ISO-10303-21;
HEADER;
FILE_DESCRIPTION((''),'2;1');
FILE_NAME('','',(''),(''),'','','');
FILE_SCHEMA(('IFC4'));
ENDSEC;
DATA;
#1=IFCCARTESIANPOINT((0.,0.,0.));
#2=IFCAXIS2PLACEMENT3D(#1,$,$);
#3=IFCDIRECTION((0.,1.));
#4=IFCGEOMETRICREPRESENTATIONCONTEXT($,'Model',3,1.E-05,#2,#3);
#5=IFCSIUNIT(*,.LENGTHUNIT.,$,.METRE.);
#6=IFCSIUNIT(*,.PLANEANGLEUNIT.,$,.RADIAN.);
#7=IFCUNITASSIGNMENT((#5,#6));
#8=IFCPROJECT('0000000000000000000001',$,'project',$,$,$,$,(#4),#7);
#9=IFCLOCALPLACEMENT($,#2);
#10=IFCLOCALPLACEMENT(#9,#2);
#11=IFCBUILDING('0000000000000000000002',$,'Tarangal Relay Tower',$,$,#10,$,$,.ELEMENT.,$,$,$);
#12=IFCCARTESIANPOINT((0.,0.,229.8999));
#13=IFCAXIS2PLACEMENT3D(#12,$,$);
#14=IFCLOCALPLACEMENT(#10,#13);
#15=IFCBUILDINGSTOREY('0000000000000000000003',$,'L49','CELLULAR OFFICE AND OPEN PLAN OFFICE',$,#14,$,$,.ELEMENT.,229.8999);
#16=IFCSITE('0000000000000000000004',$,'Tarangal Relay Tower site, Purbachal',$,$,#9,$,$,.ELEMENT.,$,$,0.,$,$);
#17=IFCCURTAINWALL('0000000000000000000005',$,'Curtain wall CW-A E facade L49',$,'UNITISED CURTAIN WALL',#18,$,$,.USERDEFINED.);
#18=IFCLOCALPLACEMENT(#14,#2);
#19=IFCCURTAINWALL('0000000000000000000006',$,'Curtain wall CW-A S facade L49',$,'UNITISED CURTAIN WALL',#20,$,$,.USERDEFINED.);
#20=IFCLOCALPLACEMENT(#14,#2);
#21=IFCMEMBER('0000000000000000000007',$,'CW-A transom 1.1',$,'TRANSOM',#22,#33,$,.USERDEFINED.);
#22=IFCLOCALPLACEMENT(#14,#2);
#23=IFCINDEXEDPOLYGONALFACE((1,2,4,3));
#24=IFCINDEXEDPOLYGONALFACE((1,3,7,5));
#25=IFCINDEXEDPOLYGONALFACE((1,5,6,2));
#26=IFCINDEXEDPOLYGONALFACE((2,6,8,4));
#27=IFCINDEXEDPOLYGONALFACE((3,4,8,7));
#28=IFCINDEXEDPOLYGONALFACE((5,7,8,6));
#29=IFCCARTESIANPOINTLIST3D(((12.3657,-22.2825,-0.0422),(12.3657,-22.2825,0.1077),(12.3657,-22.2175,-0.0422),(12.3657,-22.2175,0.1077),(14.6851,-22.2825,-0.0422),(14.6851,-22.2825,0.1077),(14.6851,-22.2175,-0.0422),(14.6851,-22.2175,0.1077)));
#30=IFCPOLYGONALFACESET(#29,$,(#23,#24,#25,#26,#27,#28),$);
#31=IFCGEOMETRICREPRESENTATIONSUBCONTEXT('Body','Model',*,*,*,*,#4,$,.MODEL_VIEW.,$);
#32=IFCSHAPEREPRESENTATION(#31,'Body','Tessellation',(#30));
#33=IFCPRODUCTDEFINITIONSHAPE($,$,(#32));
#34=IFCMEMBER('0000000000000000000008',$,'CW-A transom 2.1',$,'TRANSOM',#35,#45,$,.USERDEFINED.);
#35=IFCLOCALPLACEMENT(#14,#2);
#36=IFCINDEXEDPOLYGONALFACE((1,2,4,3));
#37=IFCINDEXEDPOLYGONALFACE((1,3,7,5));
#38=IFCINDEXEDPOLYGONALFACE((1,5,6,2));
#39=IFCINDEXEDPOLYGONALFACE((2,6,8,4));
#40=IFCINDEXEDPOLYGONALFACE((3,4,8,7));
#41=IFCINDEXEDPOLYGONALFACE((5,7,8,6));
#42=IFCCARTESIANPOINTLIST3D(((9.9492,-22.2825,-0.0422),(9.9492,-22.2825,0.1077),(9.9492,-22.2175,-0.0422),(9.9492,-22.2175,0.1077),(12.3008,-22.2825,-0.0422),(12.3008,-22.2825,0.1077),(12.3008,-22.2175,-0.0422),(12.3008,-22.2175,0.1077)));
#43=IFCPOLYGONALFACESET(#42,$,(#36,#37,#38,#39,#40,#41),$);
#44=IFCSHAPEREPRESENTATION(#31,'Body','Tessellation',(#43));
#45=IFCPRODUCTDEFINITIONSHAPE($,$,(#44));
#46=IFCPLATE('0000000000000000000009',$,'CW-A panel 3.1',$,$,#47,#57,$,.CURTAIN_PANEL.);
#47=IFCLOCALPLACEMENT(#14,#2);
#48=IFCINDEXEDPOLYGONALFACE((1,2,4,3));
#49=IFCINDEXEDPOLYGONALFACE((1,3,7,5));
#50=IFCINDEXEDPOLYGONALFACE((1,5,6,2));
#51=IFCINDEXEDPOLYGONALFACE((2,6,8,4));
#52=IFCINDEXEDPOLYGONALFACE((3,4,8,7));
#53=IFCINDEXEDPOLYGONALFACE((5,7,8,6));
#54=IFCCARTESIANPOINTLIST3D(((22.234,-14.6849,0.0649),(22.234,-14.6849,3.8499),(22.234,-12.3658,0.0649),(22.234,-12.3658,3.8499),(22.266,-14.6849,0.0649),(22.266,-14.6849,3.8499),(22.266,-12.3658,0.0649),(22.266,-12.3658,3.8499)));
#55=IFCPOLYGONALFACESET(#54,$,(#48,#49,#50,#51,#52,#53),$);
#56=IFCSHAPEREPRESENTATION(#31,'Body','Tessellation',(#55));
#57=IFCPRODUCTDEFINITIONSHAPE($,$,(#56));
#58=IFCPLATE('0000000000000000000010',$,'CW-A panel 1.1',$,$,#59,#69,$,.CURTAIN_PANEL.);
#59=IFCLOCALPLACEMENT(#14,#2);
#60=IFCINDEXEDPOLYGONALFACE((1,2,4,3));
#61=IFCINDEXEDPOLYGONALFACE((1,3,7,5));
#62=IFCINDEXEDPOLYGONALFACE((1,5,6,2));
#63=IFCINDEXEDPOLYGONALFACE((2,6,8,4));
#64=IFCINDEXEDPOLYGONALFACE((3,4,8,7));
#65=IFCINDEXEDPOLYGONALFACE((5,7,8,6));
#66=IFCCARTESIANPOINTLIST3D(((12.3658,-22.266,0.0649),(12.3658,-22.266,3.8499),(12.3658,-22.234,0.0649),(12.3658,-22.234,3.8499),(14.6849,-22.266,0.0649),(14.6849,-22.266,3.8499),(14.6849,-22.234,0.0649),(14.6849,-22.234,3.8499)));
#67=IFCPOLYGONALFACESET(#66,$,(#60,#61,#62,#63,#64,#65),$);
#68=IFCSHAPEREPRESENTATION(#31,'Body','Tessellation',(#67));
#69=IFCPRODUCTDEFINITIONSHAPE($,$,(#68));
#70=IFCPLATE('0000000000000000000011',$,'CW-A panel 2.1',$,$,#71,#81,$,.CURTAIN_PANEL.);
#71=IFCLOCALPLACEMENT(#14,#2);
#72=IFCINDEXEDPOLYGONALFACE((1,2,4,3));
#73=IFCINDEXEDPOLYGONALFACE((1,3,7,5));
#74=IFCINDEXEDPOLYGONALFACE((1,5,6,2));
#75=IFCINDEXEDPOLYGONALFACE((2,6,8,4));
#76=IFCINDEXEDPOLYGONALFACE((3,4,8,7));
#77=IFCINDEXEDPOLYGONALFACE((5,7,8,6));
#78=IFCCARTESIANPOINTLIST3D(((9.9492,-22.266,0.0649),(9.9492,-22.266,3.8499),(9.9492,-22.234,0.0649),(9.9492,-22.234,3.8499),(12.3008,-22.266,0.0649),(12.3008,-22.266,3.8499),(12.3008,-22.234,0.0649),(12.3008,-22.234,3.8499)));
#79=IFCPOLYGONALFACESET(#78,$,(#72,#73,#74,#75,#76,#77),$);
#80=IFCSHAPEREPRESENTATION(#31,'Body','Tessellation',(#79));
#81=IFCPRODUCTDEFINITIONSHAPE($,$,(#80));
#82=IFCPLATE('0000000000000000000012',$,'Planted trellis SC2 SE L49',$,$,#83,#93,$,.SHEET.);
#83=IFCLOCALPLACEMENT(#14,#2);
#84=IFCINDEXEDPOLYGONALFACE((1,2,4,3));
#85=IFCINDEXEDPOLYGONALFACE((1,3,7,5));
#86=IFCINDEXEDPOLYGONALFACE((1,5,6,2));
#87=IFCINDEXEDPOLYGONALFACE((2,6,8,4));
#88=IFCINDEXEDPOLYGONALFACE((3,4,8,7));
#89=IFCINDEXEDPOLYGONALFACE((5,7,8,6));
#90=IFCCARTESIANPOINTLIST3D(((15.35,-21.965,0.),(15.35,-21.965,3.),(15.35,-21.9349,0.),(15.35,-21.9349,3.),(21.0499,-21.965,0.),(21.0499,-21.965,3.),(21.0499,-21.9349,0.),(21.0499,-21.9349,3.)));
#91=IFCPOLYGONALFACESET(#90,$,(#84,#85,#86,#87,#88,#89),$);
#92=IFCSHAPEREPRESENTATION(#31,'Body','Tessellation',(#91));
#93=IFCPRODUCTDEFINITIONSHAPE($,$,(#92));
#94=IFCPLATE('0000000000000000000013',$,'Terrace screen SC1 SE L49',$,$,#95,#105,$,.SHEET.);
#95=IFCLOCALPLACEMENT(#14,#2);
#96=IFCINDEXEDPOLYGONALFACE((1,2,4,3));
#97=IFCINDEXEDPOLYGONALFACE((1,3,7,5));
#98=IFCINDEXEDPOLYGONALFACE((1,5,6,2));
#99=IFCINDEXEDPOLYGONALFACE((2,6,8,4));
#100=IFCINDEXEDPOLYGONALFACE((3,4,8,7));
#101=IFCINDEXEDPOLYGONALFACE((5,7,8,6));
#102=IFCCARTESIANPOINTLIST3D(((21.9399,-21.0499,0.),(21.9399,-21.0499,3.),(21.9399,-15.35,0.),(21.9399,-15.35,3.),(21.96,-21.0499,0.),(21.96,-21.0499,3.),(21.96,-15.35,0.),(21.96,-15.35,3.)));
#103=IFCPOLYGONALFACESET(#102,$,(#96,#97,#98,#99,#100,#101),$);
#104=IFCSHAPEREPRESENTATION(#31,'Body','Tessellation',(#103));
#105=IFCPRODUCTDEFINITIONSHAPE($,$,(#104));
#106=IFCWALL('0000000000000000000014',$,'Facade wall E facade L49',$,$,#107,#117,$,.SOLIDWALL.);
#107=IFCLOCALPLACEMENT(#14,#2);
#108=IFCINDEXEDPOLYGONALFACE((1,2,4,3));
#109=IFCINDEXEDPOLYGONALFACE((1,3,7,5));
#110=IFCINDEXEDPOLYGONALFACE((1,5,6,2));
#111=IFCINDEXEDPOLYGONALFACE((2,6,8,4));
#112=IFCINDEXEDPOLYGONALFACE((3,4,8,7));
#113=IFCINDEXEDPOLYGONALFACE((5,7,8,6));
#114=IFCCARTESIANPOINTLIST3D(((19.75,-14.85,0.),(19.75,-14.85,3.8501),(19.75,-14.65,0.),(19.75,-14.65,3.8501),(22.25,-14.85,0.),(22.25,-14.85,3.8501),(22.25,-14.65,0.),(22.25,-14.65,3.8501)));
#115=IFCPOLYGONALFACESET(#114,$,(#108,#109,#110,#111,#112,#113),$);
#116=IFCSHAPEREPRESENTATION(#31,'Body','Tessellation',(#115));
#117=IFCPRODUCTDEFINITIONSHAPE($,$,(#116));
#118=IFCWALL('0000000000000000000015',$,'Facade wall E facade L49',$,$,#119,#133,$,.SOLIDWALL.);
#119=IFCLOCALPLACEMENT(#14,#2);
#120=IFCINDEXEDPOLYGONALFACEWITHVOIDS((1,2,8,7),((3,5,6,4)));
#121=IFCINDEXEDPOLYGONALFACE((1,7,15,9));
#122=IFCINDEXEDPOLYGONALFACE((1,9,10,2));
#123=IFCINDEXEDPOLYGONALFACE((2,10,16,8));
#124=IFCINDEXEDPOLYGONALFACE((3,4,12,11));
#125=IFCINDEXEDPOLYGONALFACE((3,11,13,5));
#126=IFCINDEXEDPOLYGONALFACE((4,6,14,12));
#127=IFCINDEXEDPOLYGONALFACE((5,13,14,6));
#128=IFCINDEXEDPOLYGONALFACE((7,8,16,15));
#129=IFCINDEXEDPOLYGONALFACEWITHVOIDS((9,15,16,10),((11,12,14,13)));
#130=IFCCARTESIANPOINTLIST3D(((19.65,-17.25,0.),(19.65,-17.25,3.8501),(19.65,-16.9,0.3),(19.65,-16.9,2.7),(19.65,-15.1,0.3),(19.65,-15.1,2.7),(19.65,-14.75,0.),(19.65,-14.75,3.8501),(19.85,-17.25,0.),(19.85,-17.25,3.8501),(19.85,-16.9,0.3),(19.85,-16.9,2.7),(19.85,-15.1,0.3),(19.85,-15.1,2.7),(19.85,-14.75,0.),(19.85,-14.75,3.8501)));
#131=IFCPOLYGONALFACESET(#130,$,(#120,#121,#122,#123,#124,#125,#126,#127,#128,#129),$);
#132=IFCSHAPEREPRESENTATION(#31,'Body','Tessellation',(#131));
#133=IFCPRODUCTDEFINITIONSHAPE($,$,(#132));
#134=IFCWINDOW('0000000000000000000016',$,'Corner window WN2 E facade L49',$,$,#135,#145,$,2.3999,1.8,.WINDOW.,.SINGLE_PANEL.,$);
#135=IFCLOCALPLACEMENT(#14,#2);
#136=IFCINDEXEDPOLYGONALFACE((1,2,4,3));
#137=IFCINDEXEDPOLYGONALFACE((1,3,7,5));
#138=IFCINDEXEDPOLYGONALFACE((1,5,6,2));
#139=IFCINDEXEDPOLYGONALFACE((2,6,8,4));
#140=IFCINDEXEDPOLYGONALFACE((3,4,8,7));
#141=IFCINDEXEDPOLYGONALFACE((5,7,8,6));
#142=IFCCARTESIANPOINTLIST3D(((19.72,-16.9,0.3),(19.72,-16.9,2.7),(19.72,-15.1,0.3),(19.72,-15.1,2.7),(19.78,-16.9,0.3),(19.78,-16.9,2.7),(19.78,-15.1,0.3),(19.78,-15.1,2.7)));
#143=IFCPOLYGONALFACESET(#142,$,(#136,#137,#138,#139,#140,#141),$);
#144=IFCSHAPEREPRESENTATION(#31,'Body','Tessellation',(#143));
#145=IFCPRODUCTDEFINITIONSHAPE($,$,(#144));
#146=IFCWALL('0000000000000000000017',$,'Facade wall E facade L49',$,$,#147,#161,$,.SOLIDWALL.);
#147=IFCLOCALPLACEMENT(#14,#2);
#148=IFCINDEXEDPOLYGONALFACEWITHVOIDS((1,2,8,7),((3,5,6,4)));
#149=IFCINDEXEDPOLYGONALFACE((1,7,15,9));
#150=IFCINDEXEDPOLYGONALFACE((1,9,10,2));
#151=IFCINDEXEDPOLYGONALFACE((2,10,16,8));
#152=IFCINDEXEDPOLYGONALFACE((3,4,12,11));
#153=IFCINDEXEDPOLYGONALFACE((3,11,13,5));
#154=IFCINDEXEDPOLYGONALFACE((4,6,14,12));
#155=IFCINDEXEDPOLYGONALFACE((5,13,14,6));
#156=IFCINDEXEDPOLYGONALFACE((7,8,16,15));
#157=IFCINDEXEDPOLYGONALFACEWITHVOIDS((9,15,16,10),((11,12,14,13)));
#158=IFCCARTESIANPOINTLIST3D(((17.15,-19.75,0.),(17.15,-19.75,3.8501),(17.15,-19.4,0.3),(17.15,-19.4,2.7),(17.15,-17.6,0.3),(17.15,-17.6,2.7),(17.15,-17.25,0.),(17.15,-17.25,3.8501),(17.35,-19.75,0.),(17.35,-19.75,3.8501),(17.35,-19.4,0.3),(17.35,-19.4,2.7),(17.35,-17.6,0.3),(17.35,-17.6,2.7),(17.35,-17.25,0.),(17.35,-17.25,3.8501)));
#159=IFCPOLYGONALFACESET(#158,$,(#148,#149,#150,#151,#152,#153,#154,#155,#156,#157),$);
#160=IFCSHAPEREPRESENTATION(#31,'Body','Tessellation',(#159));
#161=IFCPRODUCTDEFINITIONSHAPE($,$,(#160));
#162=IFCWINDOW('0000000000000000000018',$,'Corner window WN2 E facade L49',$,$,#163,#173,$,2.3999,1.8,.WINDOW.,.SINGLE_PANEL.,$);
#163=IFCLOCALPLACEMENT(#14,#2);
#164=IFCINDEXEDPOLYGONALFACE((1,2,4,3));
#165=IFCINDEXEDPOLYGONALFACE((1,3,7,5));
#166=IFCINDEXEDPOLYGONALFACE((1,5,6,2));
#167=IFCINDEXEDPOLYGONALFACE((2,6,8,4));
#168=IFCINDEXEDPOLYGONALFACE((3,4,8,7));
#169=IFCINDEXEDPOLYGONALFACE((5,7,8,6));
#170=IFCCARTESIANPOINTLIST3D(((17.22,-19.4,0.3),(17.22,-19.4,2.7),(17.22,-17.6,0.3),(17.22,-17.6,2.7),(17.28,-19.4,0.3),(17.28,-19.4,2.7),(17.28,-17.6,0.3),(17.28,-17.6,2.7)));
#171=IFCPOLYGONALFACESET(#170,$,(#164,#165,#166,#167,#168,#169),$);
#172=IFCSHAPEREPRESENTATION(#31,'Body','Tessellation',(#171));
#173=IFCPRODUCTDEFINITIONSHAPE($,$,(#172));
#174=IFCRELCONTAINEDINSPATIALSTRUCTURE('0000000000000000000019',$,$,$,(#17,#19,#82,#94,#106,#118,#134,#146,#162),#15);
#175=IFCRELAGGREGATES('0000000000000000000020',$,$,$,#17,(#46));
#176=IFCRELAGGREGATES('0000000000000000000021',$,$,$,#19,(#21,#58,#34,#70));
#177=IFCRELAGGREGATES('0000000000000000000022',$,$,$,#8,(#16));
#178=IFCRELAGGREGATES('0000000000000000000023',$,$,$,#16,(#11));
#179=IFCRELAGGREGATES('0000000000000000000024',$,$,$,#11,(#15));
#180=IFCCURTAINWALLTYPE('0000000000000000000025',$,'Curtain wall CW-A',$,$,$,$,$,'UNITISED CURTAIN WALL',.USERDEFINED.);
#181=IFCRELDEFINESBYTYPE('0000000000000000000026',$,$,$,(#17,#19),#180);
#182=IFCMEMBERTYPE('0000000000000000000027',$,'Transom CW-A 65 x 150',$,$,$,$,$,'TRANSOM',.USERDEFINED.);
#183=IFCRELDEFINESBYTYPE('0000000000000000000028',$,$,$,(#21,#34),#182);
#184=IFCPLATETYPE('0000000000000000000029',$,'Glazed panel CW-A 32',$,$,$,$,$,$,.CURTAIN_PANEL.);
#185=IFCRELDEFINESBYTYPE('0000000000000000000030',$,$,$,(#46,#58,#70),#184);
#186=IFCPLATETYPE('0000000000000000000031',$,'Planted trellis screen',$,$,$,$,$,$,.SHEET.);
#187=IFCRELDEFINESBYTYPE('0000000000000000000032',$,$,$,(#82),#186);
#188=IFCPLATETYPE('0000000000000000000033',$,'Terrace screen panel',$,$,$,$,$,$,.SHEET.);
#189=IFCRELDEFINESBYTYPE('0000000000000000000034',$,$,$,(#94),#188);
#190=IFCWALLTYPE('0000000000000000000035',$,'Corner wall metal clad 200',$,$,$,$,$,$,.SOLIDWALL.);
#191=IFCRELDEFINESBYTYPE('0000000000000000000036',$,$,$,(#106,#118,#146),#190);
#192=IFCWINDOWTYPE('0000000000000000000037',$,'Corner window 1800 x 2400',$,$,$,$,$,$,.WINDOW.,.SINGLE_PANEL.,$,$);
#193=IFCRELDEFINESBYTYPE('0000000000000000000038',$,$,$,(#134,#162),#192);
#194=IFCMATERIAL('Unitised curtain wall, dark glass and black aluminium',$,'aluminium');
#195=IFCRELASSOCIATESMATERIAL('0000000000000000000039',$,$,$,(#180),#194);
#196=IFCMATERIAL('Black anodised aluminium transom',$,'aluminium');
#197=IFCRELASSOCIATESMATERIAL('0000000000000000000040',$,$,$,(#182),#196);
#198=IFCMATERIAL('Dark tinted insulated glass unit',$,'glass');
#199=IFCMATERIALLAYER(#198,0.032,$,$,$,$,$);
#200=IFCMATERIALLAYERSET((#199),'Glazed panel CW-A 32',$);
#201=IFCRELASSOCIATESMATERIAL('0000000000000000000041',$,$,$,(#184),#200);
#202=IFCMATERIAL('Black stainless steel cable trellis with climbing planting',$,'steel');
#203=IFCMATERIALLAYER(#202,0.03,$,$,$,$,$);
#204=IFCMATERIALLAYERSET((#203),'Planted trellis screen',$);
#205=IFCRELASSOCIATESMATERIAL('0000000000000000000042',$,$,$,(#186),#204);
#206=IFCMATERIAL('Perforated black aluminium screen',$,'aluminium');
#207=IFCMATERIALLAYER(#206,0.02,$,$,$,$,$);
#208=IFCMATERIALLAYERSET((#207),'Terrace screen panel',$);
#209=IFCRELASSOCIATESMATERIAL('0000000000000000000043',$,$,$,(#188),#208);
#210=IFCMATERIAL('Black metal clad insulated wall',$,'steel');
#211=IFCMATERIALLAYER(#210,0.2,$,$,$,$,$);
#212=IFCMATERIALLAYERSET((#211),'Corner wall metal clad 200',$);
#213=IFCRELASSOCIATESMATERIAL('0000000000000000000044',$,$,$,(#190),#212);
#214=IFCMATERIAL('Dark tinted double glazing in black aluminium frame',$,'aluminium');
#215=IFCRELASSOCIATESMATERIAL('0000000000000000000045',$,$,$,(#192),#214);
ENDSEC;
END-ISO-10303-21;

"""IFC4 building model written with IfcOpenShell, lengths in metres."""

from ifc_helpers import new_model, si_unit, direction, frame, frame_2d, origin, origin_2d, place, context, subcontext, project, spatial, rectangle, extrude, material, layer, layer_set, material_profile, profile_set, type_object, element, fill, aggregate, save


model = new_model("IFC4")

# Units and contexts
model_context = context("Model", 3, precision=1e-05, world=origin(), true_north=direction((0.0, 1.0)))
body_context = subcontext(model_context, "Body", "Model", "MODEL_VIEW")
ifc_project = project(units=[si_unit("LENGTHUNIT", "METRE"), si_unit("PLANEANGLEUNIT", "RADIAN")], contexts=[model_context])

# Site, building, storey
site_placement = place(None, origin())
site = spatial("IfcSite", under=ifc_project, at=site_placement, Name="Tarangal Relay Tower site, Purbachal", CompositionType="ELEMENT", RefElevation=0.0)
building_placement = place(site_placement, origin())
building = spatial("IfcBuilding", under=site, at=building_placement, Name="Tarangal Relay Tower", CompositionType="ELEMENT")
storey_placement = place(building_placement, frame((0.0, 0.0, 229.8999)))
storey = spatial("IfcBuildingStorey", under=building, at=storey_placement, Name="L49", Description="CELLULAR OFFICE AND OPEN PLAN OFFICE", CompositionType="ELEMENT", Elevation=229.8999)

# Curtain walls
ifc_material_1 = material(Name="Unitised curtain wall, dark glass and black aluminium", Category="aluminium")
curtain_wall_type = type_object("IfcCurtainWallType", Name="Curtain wall CW-A", ElementType="UNITISED CURTAIN WALL", PredefinedType="USERDEFINED", material=ifc_material_1)
curtain_wall_1_placement = place(storey_placement, origin())
curtain_wall_1 = element("IfcCurtainWall", 1, at=curtain_wall_1_placement, inside=storey, type_object=curtain_wall_type, Name="Curtain wall CW-A E facade L49", ObjectType="UNITISED CURTAIN WALL", PredefinedType="USERDEFINED")
curtain_wall_2_placement = place(storey_placement, origin())
curtain_wall_2 = element("IfcCurtainWall", 2, at=curtain_wall_2_placement, inside=storey, type_object=curtain_wall_type, Name="Curtain wall CW-A S facade L49", ObjectType="UNITISED CURTAIN WALL", PredefinedType="USERDEFINED")

# Members
ifc_material_2 = material(Name="Black anodised aluminium transom", Category="aluminium")
ifc_material_profile_1 = material_profile(ifc_material_2, rectangle(XDim=0.0649, YDim=0.1499, at=origin_2d()), Name="CW-AT 65X150")
ifc_profile_set_1 = profile_set([ifc_material_profile_1], Name="Black anodised aluminium transom")
member_type_1 = type_object("IfcMemberType", Name="Transom CW-A 65 x 150", ElementType="TRANSOM", PredefinedType="USERDEFINED", material=ifc_profile_set_1)
member_1_placement = place(storey_placement, frame((14.6851, -22.25, 0.0327), z_axis=(-1.0, 0.0, 0.0), x_axis=(0.0, -1.0, 0.0)))
member_1 = element("IfcMember", 3, at=member_1_placement, type_object=member_type_1, Name="CW-A transom 1.1", ObjectType="TRANSOM", PredefinedType="USERDEFINED", context=body_context, shape_type="SweptSolid", body=[
    extrude(rectangle(XDim=0.0649, YDim=0.1499, at=origin_2d()), origin(), (0.0, 0.0, 1.0), 2.3193),
])
member_2_placement = place(storey_placement, frame((12.3008, -22.25, 0.0327), z_axis=(-1.0, 0.0, 0.0), x_axis=(0.0, -1.0, 0.0)))
member_2 = element("IfcMember", 4, at=member_2_placement, type_object=member_type_1, Name="CW-A transom 2.1", ObjectType="TRANSOM", PredefinedType="USERDEFINED", context=body_context, shape_type="SweptSolid", body=[
    extrude(rectangle(XDim=0.0649, YDim=0.1499, at=origin_2d()), origin(), (0.0, 0.0, 1.0), 2.3516),
])

# Plates
ifc_material_3 = material(Name="Dark tinted insulated glass unit", Category="glass")
ifc_layer_1 = layer(ifc_material_3, 0.032)
ifc_layer_set_1 = layer_set([ifc_layer_1], Name="Glazed panel CW-A 32")
plate_type_1 = type_object("IfcPlateType", Name="Glazed panel CW-A 32", PredefinedType="CURTAIN_PANEL", material=ifc_layer_set_1)
plate_1_placement = place(storey_placement, frame((22.25, -13.5254, 0.0649), z_axis=(0.0, 0.0, 1.0), x_axis=(0.0, -1.0, 0.0)))
plate_1 = element("IfcPlate", 5, at=plate_1_placement, type_object=plate_type_1, Name="CW-A panel 3.1", PredefinedType="CURTAIN_PANEL", context=body_context, shape_type="SweptSolid", body=[
    extrude(rectangle(XDim=2.3191, YDim=0.032, at=origin_2d()), origin(), (0.0, 0.0, 1.0), 3.7849),
])
aggregate(curtain_wall_1, [plate_1])
plate_2_placement = place(storey_placement, frame((13.5254, -22.25, 0.0649), z_axis=(0.0, 0.0, 1.0), x_axis=(-1.0, 0.0, 0.0)))
plate_2 = element("IfcPlate", 6, at=plate_2_placement, type_object=plate_type_1, Name="CW-A panel 1.1", PredefinedType="CURTAIN_PANEL", context=body_context, shape_type="SweptSolid", body=[
    extrude(rectangle(XDim=2.3191, YDim=0.032, at=origin_2d()), origin(), (0.0, 0.0, 1.0), 3.7849),
])
plate_3_placement = place(storey_placement, frame((11.125, -22.25, 0.0649), z_axis=(0.0, 0.0, 1.0), x_axis=(-1.0, 0.0, 0.0)))
plate_3 = element("IfcPlate", 7, at=plate_3_placement, type_object=plate_type_1, Name="CW-A panel 2.1", PredefinedType="CURTAIN_PANEL", context=body_context, shape_type="SweptSolid", body=[
    extrude(rectangle(XDim=2.3516, YDim=0.032, at=origin_2d()), origin(), (0.0, 0.0, 1.0), 3.7849),
])
aggregate(curtain_wall_2, [member_1, plate_2, member_2, plate_3])

# Plates
ifc_material_4 = material(Name="Black stainless steel cable trellis with climbing planting", Category="steel")
ifc_layer_2 = layer(ifc_material_4, 0.03)
ifc_layer_set_2 = layer_set([ifc_layer_2], Name="Planted trellis screen")
plate_type_2 = type_object("IfcPlateType", Name="Planted trellis screen", PredefinedType="SHEET", material=ifc_layer_set_2)
plate_4_placement = place(storey_placement, frame((18.2, -21.95, 0.0), z_axis=(0.0, 0.0, 1.0), x_axis=(-1.0, 0.0, 0.0)))
element("IfcPlate", 8, at=plate_4_placement, inside=storey, type_object=plate_type_2, Name="Planted trellis SC2 SE L49", PredefinedType="SHEET", context=body_context, shape_type="SweptSolid", body=[
    extrude(rectangle(XDim=5.7, YDim=0.03, at=origin_2d()), origin(), (0.0, 0.0, 1.0), 3.0),
])
ifc_material_5 = material(Name="Perforated black aluminium screen", Category="aluminium")
ifc_layer_3 = layer(ifc_material_5, 0.02)
ifc_layer_set_3 = layer_set([ifc_layer_3], Name="Terrace screen panel")
plate_type_3 = type_object("IfcPlateType", Name="Terrace screen panel", PredefinedType="SHEET", material=ifc_layer_set_3)
plate_5_placement = place(storey_placement, frame((21.95, -18.2, 0.0), z_axis=(0.0, 0.0, 1.0), x_axis=(0.0, -1.0, 0.0)))
element("IfcPlate", 9, at=plate_5_placement, inside=storey, type_object=plate_type_3, Name="Terrace screen SC1 SE L49", PredefinedType="SHEET", context=body_context, shape_type="SweptSolid", body=[
    extrude(rectangle(XDim=5.7, YDim=0.02, at=origin_2d()), origin(), (0.0, 0.0, 1.0), 3.0),
])

# Wall
ifc_material_6 = material(Name="Black metal clad insulated wall", Category="steel")
ifc_layer_4 = layer(ifc_material_6, 0.2)
ifc_layer_set_4 = layer_set([ifc_layer_4], Name="Corner wall metal clad 200")
wall_type_1 = type_object("IfcWallType", Name="Corner wall metal clad 200", PredefinedType="SOLIDWALL", material=ifc_layer_set_4)
wall_1_placement = place(storey_placement, frame((22.25, -14.75, 0.0), z_axis=(0.0, 0.0, 1.0), x_axis=(-1.0, 0.0, 0.0)))
element("IfcWall", 10, at=wall_1_placement, inside=storey, type_object=wall_type_1, Name="Facade wall E facade L49", PredefinedType="SOLIDWALL", context=body_context, shape_type="SweptSolid", body=[
    extrude(rectangle(XDim=2.5, YDim=0.2, at=frame_2d((1.25, 0.0))), origin(), (0.0, 0.0, 1.0), 3.8501),
])

# Wall, opening, window
wall_2_placement = place(storey_placement, frame((19.75, -14.75, 0.0), z_axis=(0.0, 0.0, 1.0), x_axis=(0.0, -1.0, 0.0)))
wall_2 = element("IfcWall", 11, at=wall_2_placement, inside=storey, type_object=wall_type_1, Name="Facade wall E facade L49", PredefinedType="SOLIDWALL", context=body_context, shape_type="SweptSolid", body=[
    extrude(rectangle(XDim=2.5, YDim=0.2, at=frame_2d((1.25, 0.0))), origin(), (0.0, 0.0, 1.0), 3.8501),
])
opening_1_placement = place(wall_2_placement, frame((0.3501, 0.0, 0.3)))
opening_1 = element("IfcOpeningElement", 12, at=opening_1_placement, cuts=wall_2, PredefinedType="OPENING", context=body_context, shape_type="SweptSolid", body=[
    extrude(rectangle(XDim=1.8, YDim=2.3999, at=frame_2d((0.8999, 1.2))), frame((0.0, 0.1099, 0.0), z_axis=(0.0, -1.0, 0.0), x_axis=(1.0, 0.0, 0.0)), (0.0, 0.0, 1.0), 0.22),
])
ifc_material_7 = material(Name="Dark tinted double glazing in black aluminium frame", Category="aluminium")
window_type = type_object("IfcWindowType", Name="Corner window 1800 x 2400", PartitioningType="SINGLE_PANEL", PredefinedType="WINDOW", material=ifc_material_7)
window_1_placement = place(opening_1_placement, origin())
window_1 = element("IfcWindow", 13, at=window_1_placement, inside=storey, type_object=window_type, Name="Corner window WN2 E facade L49", OverallHeight=2.3999, OverallWidth=1.8, PartitioningType="SINGLE_PANEL", PredefinedType="WINDOW", context=body_context, shape_type="SweptSolid", body=[
    extrude(rectangle(XDim=1.8, YDim=2.3999, at=frame_2d((0.8999, 1.2))), frame((0.0, 0.03, 0.0), z_axis=(0.0, -1.0, 0.0), x_axis=(1.0, 0.0, 0.0)), (0.0, 0.0, 1.0), 0.0601),
])
fill(opening_1, window_1)

# Wall, opening, window
wall_3_placement = place(storey_placement, frame((17.25, -17.25, 0.0), z_axis=(0.0, 0.0, 1.0), x_axis=(0.0, -1.0, 0.0)))
wall_3 = element("IfcWall", 14, at=wall_3_placement, inside=storey, type_object=wall_type_1, Name="Facade wall E facade L49", PredefinedType="SOLIDWALL", context=body_context, shape_type="SweptSolid", body=[
    extrude(rectangle(XDim=2.5, YDim=0.2, at=frame_2d((1.25, 0.0))), origin(), (0.0, 0.0, 1.0), 3.8501),
])
opening_2_placement = place(wall_3_placement, frame((0.3501, 0.0, 0.3)))
opening_2 = element("IfcOpeningElement", 15, at=opening_2_placement, cuts=wall_3, PredefinedType="OPENING", context=body_context, shape_type="SweptSolid", body=[
    extrude(rectangle(XDim=1.8, YDim=2.3999, at=frame_2d((0.8999, 1.2))), frame((0.0, 0.1099, 0.0), z_axis=(0.0, -1.0, 0.0), x_axis=(1.0, 0.0, 0.0)), (0.0, 0.0, 1.0), 0.22),
])
window_2_placement = place(opening_2_placement, origin())
window_2 = element("IfcWindow", 16, at=window_2_placement, inside=storey, type_object=window_type, Name="Corner window WN2 E facade L49", OverallHeight=2.3999, OverallWidth=1.8, PartitioningType="SINGLE_PANEL", PredefinedType="WINDOW", context=body_context, shape_type="SweptSolid", body=[
    extrude(rectangle(XDim=1.8, YDim=2.3999, at=frame_2d((0.8999, 1.2))), frame((0.0, 0.03, 0.0), z_axis=(0.0, -1.0, 0.0), x_axis=(1.0, 0.0, 0.0)), (0.0, 0.0, 1.0), 0.0601),
])
fill(opening_2, window_2)

save(model, "model.ifc")
